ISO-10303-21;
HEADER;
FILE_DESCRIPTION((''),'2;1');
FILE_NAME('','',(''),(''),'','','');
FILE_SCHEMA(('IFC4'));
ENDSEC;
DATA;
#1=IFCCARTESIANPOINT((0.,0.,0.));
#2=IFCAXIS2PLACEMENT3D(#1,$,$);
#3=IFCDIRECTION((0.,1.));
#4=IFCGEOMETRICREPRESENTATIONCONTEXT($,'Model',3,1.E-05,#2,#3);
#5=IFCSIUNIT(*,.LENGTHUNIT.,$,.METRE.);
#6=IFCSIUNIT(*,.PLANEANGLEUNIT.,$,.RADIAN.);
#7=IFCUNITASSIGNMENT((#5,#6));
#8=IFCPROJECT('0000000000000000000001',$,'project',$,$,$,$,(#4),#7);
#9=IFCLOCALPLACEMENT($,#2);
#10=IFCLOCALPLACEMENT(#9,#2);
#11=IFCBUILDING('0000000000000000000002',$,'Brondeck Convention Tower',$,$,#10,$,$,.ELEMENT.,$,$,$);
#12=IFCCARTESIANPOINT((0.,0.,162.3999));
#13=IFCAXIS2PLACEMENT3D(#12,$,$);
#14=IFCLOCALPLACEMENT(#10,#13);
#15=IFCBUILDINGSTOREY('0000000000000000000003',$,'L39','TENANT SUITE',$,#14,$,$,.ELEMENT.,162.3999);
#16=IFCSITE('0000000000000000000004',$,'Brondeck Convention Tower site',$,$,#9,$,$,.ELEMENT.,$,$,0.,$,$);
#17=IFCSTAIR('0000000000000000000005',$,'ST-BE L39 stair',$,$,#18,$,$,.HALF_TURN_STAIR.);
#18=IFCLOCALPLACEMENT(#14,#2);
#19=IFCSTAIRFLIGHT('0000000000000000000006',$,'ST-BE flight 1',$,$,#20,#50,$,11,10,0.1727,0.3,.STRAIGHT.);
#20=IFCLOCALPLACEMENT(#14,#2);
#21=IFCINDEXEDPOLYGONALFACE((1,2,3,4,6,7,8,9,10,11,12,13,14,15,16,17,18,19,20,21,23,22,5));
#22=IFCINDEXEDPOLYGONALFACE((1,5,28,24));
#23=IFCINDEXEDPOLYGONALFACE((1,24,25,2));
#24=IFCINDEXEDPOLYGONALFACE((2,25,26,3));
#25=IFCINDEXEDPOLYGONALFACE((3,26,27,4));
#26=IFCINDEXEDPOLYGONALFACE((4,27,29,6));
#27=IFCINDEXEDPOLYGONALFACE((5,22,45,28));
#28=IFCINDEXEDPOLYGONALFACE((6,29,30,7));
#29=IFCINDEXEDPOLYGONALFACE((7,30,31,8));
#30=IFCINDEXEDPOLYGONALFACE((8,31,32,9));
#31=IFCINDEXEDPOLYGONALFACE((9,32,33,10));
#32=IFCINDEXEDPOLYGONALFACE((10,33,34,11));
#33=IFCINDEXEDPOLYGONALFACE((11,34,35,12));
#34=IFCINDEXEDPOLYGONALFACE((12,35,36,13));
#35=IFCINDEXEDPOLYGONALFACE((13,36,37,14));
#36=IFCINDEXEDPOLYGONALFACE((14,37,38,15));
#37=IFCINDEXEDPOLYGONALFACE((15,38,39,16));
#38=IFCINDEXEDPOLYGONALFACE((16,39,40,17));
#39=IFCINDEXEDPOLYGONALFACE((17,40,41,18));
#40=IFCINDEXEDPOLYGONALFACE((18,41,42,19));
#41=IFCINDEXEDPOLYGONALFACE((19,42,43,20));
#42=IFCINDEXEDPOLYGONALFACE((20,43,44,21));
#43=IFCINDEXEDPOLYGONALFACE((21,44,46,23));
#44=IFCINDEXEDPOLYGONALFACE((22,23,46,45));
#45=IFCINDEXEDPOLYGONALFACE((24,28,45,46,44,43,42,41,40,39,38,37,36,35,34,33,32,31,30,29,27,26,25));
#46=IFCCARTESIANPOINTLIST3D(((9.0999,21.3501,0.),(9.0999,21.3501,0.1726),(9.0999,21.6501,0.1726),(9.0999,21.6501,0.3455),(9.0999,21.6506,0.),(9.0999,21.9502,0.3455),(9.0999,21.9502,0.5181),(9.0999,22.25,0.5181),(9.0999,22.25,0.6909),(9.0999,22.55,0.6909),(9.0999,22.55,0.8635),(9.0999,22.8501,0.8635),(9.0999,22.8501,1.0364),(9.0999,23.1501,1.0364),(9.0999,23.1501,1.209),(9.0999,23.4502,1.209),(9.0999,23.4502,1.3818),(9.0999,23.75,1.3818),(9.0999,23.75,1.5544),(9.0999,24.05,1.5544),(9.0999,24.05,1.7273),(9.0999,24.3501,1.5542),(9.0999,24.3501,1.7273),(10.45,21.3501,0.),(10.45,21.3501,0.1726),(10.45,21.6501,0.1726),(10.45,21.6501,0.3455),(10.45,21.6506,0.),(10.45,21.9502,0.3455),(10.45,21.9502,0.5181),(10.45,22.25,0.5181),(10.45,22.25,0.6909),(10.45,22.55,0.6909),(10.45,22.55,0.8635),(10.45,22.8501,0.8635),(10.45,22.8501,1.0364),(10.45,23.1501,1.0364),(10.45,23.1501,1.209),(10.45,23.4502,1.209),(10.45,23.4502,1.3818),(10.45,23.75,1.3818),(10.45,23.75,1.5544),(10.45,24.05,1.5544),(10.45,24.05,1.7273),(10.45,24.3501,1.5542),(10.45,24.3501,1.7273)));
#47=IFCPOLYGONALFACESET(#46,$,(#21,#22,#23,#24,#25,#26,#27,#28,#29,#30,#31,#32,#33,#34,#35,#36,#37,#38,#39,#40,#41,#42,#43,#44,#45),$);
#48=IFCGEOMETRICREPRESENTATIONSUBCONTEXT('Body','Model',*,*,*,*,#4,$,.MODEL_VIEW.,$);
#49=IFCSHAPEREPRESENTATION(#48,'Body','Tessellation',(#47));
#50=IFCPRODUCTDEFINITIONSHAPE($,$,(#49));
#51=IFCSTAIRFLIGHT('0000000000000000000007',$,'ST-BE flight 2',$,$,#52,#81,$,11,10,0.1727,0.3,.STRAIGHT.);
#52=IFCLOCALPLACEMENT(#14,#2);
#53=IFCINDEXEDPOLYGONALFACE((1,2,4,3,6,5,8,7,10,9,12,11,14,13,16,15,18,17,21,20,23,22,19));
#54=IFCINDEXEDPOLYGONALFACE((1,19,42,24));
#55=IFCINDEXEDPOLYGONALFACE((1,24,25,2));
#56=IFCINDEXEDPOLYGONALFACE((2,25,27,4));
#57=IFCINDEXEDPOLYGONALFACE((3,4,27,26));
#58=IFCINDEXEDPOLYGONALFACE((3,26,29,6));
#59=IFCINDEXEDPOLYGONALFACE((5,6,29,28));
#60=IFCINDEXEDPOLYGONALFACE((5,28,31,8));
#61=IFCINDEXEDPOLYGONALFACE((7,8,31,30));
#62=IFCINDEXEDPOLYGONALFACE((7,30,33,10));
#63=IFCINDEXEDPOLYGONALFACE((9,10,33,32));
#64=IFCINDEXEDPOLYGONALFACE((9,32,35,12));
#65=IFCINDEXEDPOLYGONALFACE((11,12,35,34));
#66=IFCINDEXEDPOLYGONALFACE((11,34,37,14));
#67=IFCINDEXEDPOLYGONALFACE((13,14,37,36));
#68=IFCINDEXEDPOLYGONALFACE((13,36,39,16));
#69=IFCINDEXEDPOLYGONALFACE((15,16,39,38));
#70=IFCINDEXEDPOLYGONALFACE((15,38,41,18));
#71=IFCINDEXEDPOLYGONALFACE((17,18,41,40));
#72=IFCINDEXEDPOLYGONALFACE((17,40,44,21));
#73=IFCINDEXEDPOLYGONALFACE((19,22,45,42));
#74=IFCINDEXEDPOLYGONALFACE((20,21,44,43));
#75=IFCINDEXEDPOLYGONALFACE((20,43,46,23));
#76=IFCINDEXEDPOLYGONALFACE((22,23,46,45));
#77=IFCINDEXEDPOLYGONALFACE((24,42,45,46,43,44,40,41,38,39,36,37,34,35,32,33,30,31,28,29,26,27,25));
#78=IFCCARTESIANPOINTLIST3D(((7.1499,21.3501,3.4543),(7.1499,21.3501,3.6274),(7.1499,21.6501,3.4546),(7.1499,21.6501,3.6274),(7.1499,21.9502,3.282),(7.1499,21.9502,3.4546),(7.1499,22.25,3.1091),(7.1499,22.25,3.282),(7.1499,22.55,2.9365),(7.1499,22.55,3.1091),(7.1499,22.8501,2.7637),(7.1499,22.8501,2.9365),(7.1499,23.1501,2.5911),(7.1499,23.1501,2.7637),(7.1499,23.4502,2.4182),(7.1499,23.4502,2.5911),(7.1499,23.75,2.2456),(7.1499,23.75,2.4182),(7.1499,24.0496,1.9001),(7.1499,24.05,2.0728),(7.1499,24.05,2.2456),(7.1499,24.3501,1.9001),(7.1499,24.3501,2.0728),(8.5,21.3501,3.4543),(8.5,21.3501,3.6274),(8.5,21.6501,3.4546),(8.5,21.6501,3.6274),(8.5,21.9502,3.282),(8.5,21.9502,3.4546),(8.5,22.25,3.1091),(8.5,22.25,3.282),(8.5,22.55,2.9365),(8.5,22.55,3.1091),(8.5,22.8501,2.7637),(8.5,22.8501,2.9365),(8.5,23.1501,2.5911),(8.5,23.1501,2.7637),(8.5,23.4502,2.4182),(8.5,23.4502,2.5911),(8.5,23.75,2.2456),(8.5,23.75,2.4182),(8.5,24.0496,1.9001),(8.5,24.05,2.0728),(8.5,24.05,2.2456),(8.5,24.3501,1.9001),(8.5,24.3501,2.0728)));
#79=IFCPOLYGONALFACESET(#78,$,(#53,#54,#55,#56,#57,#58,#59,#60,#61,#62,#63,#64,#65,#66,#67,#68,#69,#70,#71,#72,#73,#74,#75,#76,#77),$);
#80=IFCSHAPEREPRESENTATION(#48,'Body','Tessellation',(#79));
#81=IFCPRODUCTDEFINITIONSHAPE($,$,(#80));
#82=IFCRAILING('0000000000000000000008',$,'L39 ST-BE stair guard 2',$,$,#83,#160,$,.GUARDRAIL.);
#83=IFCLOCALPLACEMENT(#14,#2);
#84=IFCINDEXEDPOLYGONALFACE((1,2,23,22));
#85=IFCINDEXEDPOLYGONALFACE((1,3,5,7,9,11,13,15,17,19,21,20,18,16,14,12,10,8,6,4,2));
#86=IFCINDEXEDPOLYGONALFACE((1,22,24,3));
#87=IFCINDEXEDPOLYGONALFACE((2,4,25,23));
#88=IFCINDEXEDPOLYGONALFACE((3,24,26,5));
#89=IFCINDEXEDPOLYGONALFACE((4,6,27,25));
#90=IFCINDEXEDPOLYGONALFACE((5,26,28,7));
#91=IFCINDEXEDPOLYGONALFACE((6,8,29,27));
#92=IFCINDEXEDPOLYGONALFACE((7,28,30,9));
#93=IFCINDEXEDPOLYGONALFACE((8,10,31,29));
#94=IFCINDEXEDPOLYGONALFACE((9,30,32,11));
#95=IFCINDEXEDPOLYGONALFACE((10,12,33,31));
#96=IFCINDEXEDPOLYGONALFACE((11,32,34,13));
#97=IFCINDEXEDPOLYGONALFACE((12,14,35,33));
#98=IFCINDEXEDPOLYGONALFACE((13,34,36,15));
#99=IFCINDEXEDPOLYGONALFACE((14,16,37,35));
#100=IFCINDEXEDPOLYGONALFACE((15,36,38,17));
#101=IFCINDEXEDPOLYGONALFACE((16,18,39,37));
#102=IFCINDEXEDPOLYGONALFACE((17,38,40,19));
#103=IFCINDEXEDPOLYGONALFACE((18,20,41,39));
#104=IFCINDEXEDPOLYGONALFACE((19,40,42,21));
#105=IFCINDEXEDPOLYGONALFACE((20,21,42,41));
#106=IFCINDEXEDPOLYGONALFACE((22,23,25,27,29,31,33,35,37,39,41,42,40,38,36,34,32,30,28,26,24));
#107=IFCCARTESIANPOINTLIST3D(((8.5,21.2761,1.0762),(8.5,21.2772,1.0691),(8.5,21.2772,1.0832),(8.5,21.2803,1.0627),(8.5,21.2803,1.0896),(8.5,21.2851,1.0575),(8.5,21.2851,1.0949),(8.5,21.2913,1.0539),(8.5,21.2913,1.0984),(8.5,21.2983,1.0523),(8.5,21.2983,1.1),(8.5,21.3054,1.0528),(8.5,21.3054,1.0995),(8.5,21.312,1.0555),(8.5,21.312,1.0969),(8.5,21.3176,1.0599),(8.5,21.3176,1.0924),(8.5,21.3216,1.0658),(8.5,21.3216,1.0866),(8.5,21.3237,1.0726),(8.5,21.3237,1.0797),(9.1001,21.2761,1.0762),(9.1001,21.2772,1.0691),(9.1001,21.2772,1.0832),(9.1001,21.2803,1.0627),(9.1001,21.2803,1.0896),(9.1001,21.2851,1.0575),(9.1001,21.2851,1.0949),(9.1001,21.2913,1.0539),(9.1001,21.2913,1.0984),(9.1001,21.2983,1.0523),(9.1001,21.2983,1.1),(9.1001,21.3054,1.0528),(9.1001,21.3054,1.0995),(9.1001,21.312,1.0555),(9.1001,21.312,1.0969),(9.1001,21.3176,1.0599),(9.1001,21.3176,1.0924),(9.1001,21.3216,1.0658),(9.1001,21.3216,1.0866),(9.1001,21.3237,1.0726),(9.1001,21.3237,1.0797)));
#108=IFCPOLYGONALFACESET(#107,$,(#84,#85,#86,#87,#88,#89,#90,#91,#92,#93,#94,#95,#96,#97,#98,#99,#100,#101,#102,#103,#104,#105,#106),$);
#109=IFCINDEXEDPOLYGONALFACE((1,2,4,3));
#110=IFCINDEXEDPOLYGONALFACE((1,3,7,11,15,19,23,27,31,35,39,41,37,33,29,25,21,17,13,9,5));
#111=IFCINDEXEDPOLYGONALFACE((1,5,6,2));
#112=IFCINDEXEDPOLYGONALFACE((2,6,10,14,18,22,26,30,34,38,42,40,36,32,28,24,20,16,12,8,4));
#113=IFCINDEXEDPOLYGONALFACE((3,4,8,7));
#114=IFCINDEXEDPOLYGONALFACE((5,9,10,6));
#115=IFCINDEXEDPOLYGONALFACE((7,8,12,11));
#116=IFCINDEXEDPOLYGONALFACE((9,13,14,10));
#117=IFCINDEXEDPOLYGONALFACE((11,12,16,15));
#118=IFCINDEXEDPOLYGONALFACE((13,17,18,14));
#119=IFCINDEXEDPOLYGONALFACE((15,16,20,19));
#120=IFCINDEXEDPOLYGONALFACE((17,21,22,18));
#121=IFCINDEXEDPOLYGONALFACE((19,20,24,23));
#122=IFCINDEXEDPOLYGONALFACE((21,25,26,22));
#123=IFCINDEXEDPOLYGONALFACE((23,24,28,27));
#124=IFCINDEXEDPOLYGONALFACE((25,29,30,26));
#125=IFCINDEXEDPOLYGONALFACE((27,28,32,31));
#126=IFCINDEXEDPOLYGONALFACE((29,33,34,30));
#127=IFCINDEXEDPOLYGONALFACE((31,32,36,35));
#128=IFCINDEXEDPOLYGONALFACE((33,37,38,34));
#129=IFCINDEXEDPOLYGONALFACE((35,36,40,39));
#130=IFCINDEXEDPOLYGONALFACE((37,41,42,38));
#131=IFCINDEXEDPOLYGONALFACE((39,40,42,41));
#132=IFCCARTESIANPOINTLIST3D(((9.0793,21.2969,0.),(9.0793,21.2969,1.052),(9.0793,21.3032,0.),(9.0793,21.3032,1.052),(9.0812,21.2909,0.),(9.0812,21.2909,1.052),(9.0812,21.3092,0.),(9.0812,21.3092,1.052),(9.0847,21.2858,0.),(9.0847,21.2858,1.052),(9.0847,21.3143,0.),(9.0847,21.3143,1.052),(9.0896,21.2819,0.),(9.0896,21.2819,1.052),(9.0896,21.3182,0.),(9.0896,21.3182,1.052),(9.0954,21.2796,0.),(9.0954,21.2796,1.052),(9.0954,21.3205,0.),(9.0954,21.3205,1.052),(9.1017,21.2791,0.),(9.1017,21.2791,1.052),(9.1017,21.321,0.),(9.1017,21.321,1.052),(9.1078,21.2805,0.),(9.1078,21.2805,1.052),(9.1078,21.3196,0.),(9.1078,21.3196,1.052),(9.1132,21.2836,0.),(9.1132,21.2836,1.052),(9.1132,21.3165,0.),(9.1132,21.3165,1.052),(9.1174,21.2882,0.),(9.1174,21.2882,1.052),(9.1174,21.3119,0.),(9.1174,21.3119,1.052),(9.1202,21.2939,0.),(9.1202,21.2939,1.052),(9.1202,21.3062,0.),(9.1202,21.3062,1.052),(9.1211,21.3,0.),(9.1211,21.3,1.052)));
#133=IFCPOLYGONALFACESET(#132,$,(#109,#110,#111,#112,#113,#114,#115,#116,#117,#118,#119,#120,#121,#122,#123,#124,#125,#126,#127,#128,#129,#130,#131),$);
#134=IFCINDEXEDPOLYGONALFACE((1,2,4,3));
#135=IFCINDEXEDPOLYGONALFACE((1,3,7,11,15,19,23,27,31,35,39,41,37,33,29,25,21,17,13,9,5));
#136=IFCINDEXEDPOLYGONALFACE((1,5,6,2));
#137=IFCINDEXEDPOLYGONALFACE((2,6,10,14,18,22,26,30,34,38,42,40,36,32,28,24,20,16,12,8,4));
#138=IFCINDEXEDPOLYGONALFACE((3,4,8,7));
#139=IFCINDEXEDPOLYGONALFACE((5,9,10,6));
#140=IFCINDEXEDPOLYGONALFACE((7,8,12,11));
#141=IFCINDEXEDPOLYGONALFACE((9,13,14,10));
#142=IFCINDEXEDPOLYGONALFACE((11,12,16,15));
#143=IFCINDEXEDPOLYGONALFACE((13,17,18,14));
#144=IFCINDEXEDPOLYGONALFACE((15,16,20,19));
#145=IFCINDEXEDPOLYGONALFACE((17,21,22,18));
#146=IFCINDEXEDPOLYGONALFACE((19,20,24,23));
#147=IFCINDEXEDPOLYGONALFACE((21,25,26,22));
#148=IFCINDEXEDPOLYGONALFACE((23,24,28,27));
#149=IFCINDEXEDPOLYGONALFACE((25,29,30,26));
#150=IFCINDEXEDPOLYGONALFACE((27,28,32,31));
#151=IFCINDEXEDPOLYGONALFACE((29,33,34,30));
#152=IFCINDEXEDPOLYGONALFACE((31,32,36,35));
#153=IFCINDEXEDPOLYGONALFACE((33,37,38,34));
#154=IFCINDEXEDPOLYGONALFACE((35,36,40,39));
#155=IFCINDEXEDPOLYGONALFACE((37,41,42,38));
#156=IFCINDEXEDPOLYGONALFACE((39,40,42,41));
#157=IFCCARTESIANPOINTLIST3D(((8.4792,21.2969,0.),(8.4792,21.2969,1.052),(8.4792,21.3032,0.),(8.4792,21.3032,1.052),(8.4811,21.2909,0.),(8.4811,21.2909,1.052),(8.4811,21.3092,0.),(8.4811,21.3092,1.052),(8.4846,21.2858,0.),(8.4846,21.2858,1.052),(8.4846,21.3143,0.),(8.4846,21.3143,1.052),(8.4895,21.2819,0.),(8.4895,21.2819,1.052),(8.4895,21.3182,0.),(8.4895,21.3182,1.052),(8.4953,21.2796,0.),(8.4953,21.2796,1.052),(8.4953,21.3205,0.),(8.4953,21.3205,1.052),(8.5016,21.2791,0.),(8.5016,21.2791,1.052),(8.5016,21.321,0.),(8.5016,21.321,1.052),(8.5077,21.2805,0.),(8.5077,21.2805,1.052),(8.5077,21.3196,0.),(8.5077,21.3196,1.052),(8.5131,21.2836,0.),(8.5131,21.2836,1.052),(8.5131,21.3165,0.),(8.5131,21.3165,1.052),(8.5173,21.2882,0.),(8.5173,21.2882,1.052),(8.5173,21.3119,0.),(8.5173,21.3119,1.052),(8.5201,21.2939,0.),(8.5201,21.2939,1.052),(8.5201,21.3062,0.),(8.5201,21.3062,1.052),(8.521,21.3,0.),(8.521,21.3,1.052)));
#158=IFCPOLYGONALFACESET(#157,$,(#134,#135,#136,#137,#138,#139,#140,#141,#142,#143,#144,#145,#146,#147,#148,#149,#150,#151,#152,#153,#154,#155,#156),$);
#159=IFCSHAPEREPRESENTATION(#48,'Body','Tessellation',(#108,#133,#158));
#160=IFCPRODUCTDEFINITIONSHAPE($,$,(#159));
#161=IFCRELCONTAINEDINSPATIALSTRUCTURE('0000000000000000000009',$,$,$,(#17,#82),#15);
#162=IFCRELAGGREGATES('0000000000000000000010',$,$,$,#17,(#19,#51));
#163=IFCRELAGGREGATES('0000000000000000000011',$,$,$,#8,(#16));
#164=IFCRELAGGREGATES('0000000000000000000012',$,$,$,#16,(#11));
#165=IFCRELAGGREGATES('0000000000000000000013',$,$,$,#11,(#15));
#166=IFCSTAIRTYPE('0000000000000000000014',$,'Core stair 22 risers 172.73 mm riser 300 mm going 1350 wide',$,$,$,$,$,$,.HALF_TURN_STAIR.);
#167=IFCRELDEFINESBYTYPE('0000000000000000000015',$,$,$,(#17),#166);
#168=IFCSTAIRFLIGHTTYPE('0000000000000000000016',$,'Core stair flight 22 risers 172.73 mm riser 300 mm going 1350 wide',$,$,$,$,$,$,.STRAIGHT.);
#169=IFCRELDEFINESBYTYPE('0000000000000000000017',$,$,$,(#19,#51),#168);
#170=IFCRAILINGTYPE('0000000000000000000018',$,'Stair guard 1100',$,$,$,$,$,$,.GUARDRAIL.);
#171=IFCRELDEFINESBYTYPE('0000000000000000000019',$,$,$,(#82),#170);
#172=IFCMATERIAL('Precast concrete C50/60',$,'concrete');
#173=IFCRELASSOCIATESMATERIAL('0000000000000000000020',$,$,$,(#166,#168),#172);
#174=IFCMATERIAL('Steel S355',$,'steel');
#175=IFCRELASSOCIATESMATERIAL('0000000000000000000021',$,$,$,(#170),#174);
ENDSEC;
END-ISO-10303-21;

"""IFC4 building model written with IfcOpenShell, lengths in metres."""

from ifc_helpers import new_model, si_unit, direction, frame, origin, origin_2d, place, context, subcontext, project, spatial, polyline, circle, outline, extrude, material, type_object, element, aggregate, save


model = new_model("IFC4")

# Units and contexts
model_context = context("Model", 3, precision=1e-05, world=origin(), true_north=direction((0.0, 1.0)))
body_context = subcontext(model_context, "Body", "Model", "MODEL_VIEW")
ifc_project = project(units=[si_unit("LENGTHUNIT", "METRE"), si_unit("PLANEANGLEUNIT", "RADIAN")], contexts=[model_context])

# Site, building, storey
site_placement = place(None, origin())
site = spatial("IfcSite", under=ifc_project, at=site_placement, Name="Brondeck Convention Tower site", CompositionType="ELEMENT", RefElevation=0.0)
building_placement = place(site_placement, origin())
building = spatial("IfcBuilding", under=site, at=building_placement, Name="Brondeck Convention Tower", CompositionType="ELEMENT")
storey_placement = place(building_placement, frame((0.0, 0.0, 162.3999)))
storey = spatial("IfcBuildingStorey", under=building, at=storey_placement, Name="L39", Description="TENANT SUITE", CompositionType="ELEMENT", Elevation=162.3999)

# Shared definitions
ifc_material_1 = material(Name="Steel S355", Category="steel")

# Stair, stair flights
ifc_material_2 = material(Name="Precast concrete C50/60", Category="concrete")
stair_type = type_object("IfcStairType", Name="Core stair 22 risers 172.73 mm riser 300 mm going 1350 wide", PredefinedType="HALF_TURN_STAIR", material=ifc_material_2)
stair_placement = place(storey_placement, origin())
stair = element("IfcStair", 1, at=stair_placement, inside=storey, type_object=stair_type, Name="ST-BE L39 stair", PredefinedType="HALF_TURN_STAIR")
stair_flight_type = type_object("IfcStairFlightType", Name="Core stair flight 22 risers 172.73 mm riser 300 mm going 1350 wide", PredefinedType="STRAIGHT", material=ifc_material_2)
stair_flight_1_placement = place(storey_placement, frame((9.7749, 21.3501, 0.0), z_axis=(0.0, 0.0, 1.0), x_axis=(0.0, 1.0, 0.0)))
stair_flight_1 = element("IfcStairFlight", 2, at=stair_flight_1_placement, type_object=stair_flight_type, Name="ST-BE flight 1", NumberOfRisers=11, NumberOfTreads=10, PredefinedType="STRAIGHT", RiserHeight=0.1727, TreadLength=0.3, context=body_context, shape_type="SweptSolid", body=[
    extrude(outline(polyline([(0.0, 0.0), (0.0, 0.1726), (0.3, 0.1726), (0.3, 0.3455), (0.6001, 0.3455), (0.6001, 0.5181), (0.8999, 0.5181), (0.8999, 0.6909), (1.2, 0.6909), (1.2, 0.8635), (1.5, 0.8635), (1.5, 1.0364), (1.8, 1.0364), (1.8, 1.209), (2.1001, 1.209), (2.1001, 1.3818), (2.3999, 1.3818), (2.3999, 1.5544), (2.7, 1.5544), (2.7, 1.7273), (3.0, 1.7273), (3.0, 1.8999), (3.0, 1.5542), (0.3005, 0.0), (0.0, 0.0)])), frame((0.0, 0.675, 0.0), z_axis=(0.0, -1.0, 0.0), x_axis=(1.0, 0.0, 0.0)), (0.0, 0.0, 1.0), 1.3501),
])
stair_flight_2_placement = place(storey_placement, frame((7.825, 24.3501, 1.9001), z_axis=(0.0, 0.0, 1.0), x_axis=(0.0, -1.0, 0.0)))
stair_flight_2 = element("IfcStairFlight", 3, at=stair_flight_2_placement, type_object=stair_flight_type, Name="ST-BE flight 2", NumberOfRisers=11, NumberOfTreads=10, PredefinedType="STRAIGHT", RiserHeight=0.1727, TreadLength=0.3, context=body_context, shape_type="SweptSolid", body=[
    extrude(outline(polyline([(0.0, 0.0), (0.0, 0.1726), (0.3, 0.1726), (0.3, 0.3455), (0.6001, 0.3455), (0.6001, 0.5181), (0.8999, 0.5181), (0.8999, 0.6909), (1.2, 0.6909), (1.2, 0.8635), (1.5, 0.8635), (1.5, 1.0364), (1.8, 1.0364), (1.8, 1.209), (2.1001, 1.209), (2.1001, 1.3818), (2.3999, 1.3818), (2.3999, 1.5544), (2.7, 1.5544), (2.7, 1.7273), (3.0, 1.7273), (3.0, 1.8999), (3.0, 1.5542), (0.3005, 0.0), (0.0, 0.0)])), frame((0.0, 0.675, 0.0), z_axis=(0.0, -1.0, 0.0), x_axis=(1.0, 0.0, 0.0)), (0.0, 0.0, 1.0), 1.3501),
])
aggregate(stair, [stair_flight_1, stair_flight_2])

# Railing
railing_type_1 = type_object("IfcRailingType", Name="Stair guard 1100", PredefinedType="GUARDRAIL", material=ifc_material_1)
railing_1_placement = place(storey_placement, frame((9.1001, 21.3, 0.0)))
element("IfcRailing", 4, at=railing_1_placement, inside=storey, type_object=railing_type_1, Name="L39 ST-BE stair guard 2", PredefinedType="GUARDRAIL", context=body_context, shape_type="SweptSolid", body=[
    extrude(circle(Radius=0.0239, at=origin_2d()), frame((0.0, 0.0, 1.0762), z_axis=(-1.0, 0.0, 0.0), x_axis=(0.0, -1.0, 0.0)), (0.0, 0.0, 1.0), 0.6001),
    extrude(circle(Radius=0.021, at=origin_2d()), origin(), (0.0, 0.0, 1.0), 1.052),
    extrude(circle(Radius=0.021, at=origin_2d()), frame((-0.6001, 0.0, 0.0)), (0.0, 0.0, 1.0), 1.052),
])

save(model, "model.ifc")
